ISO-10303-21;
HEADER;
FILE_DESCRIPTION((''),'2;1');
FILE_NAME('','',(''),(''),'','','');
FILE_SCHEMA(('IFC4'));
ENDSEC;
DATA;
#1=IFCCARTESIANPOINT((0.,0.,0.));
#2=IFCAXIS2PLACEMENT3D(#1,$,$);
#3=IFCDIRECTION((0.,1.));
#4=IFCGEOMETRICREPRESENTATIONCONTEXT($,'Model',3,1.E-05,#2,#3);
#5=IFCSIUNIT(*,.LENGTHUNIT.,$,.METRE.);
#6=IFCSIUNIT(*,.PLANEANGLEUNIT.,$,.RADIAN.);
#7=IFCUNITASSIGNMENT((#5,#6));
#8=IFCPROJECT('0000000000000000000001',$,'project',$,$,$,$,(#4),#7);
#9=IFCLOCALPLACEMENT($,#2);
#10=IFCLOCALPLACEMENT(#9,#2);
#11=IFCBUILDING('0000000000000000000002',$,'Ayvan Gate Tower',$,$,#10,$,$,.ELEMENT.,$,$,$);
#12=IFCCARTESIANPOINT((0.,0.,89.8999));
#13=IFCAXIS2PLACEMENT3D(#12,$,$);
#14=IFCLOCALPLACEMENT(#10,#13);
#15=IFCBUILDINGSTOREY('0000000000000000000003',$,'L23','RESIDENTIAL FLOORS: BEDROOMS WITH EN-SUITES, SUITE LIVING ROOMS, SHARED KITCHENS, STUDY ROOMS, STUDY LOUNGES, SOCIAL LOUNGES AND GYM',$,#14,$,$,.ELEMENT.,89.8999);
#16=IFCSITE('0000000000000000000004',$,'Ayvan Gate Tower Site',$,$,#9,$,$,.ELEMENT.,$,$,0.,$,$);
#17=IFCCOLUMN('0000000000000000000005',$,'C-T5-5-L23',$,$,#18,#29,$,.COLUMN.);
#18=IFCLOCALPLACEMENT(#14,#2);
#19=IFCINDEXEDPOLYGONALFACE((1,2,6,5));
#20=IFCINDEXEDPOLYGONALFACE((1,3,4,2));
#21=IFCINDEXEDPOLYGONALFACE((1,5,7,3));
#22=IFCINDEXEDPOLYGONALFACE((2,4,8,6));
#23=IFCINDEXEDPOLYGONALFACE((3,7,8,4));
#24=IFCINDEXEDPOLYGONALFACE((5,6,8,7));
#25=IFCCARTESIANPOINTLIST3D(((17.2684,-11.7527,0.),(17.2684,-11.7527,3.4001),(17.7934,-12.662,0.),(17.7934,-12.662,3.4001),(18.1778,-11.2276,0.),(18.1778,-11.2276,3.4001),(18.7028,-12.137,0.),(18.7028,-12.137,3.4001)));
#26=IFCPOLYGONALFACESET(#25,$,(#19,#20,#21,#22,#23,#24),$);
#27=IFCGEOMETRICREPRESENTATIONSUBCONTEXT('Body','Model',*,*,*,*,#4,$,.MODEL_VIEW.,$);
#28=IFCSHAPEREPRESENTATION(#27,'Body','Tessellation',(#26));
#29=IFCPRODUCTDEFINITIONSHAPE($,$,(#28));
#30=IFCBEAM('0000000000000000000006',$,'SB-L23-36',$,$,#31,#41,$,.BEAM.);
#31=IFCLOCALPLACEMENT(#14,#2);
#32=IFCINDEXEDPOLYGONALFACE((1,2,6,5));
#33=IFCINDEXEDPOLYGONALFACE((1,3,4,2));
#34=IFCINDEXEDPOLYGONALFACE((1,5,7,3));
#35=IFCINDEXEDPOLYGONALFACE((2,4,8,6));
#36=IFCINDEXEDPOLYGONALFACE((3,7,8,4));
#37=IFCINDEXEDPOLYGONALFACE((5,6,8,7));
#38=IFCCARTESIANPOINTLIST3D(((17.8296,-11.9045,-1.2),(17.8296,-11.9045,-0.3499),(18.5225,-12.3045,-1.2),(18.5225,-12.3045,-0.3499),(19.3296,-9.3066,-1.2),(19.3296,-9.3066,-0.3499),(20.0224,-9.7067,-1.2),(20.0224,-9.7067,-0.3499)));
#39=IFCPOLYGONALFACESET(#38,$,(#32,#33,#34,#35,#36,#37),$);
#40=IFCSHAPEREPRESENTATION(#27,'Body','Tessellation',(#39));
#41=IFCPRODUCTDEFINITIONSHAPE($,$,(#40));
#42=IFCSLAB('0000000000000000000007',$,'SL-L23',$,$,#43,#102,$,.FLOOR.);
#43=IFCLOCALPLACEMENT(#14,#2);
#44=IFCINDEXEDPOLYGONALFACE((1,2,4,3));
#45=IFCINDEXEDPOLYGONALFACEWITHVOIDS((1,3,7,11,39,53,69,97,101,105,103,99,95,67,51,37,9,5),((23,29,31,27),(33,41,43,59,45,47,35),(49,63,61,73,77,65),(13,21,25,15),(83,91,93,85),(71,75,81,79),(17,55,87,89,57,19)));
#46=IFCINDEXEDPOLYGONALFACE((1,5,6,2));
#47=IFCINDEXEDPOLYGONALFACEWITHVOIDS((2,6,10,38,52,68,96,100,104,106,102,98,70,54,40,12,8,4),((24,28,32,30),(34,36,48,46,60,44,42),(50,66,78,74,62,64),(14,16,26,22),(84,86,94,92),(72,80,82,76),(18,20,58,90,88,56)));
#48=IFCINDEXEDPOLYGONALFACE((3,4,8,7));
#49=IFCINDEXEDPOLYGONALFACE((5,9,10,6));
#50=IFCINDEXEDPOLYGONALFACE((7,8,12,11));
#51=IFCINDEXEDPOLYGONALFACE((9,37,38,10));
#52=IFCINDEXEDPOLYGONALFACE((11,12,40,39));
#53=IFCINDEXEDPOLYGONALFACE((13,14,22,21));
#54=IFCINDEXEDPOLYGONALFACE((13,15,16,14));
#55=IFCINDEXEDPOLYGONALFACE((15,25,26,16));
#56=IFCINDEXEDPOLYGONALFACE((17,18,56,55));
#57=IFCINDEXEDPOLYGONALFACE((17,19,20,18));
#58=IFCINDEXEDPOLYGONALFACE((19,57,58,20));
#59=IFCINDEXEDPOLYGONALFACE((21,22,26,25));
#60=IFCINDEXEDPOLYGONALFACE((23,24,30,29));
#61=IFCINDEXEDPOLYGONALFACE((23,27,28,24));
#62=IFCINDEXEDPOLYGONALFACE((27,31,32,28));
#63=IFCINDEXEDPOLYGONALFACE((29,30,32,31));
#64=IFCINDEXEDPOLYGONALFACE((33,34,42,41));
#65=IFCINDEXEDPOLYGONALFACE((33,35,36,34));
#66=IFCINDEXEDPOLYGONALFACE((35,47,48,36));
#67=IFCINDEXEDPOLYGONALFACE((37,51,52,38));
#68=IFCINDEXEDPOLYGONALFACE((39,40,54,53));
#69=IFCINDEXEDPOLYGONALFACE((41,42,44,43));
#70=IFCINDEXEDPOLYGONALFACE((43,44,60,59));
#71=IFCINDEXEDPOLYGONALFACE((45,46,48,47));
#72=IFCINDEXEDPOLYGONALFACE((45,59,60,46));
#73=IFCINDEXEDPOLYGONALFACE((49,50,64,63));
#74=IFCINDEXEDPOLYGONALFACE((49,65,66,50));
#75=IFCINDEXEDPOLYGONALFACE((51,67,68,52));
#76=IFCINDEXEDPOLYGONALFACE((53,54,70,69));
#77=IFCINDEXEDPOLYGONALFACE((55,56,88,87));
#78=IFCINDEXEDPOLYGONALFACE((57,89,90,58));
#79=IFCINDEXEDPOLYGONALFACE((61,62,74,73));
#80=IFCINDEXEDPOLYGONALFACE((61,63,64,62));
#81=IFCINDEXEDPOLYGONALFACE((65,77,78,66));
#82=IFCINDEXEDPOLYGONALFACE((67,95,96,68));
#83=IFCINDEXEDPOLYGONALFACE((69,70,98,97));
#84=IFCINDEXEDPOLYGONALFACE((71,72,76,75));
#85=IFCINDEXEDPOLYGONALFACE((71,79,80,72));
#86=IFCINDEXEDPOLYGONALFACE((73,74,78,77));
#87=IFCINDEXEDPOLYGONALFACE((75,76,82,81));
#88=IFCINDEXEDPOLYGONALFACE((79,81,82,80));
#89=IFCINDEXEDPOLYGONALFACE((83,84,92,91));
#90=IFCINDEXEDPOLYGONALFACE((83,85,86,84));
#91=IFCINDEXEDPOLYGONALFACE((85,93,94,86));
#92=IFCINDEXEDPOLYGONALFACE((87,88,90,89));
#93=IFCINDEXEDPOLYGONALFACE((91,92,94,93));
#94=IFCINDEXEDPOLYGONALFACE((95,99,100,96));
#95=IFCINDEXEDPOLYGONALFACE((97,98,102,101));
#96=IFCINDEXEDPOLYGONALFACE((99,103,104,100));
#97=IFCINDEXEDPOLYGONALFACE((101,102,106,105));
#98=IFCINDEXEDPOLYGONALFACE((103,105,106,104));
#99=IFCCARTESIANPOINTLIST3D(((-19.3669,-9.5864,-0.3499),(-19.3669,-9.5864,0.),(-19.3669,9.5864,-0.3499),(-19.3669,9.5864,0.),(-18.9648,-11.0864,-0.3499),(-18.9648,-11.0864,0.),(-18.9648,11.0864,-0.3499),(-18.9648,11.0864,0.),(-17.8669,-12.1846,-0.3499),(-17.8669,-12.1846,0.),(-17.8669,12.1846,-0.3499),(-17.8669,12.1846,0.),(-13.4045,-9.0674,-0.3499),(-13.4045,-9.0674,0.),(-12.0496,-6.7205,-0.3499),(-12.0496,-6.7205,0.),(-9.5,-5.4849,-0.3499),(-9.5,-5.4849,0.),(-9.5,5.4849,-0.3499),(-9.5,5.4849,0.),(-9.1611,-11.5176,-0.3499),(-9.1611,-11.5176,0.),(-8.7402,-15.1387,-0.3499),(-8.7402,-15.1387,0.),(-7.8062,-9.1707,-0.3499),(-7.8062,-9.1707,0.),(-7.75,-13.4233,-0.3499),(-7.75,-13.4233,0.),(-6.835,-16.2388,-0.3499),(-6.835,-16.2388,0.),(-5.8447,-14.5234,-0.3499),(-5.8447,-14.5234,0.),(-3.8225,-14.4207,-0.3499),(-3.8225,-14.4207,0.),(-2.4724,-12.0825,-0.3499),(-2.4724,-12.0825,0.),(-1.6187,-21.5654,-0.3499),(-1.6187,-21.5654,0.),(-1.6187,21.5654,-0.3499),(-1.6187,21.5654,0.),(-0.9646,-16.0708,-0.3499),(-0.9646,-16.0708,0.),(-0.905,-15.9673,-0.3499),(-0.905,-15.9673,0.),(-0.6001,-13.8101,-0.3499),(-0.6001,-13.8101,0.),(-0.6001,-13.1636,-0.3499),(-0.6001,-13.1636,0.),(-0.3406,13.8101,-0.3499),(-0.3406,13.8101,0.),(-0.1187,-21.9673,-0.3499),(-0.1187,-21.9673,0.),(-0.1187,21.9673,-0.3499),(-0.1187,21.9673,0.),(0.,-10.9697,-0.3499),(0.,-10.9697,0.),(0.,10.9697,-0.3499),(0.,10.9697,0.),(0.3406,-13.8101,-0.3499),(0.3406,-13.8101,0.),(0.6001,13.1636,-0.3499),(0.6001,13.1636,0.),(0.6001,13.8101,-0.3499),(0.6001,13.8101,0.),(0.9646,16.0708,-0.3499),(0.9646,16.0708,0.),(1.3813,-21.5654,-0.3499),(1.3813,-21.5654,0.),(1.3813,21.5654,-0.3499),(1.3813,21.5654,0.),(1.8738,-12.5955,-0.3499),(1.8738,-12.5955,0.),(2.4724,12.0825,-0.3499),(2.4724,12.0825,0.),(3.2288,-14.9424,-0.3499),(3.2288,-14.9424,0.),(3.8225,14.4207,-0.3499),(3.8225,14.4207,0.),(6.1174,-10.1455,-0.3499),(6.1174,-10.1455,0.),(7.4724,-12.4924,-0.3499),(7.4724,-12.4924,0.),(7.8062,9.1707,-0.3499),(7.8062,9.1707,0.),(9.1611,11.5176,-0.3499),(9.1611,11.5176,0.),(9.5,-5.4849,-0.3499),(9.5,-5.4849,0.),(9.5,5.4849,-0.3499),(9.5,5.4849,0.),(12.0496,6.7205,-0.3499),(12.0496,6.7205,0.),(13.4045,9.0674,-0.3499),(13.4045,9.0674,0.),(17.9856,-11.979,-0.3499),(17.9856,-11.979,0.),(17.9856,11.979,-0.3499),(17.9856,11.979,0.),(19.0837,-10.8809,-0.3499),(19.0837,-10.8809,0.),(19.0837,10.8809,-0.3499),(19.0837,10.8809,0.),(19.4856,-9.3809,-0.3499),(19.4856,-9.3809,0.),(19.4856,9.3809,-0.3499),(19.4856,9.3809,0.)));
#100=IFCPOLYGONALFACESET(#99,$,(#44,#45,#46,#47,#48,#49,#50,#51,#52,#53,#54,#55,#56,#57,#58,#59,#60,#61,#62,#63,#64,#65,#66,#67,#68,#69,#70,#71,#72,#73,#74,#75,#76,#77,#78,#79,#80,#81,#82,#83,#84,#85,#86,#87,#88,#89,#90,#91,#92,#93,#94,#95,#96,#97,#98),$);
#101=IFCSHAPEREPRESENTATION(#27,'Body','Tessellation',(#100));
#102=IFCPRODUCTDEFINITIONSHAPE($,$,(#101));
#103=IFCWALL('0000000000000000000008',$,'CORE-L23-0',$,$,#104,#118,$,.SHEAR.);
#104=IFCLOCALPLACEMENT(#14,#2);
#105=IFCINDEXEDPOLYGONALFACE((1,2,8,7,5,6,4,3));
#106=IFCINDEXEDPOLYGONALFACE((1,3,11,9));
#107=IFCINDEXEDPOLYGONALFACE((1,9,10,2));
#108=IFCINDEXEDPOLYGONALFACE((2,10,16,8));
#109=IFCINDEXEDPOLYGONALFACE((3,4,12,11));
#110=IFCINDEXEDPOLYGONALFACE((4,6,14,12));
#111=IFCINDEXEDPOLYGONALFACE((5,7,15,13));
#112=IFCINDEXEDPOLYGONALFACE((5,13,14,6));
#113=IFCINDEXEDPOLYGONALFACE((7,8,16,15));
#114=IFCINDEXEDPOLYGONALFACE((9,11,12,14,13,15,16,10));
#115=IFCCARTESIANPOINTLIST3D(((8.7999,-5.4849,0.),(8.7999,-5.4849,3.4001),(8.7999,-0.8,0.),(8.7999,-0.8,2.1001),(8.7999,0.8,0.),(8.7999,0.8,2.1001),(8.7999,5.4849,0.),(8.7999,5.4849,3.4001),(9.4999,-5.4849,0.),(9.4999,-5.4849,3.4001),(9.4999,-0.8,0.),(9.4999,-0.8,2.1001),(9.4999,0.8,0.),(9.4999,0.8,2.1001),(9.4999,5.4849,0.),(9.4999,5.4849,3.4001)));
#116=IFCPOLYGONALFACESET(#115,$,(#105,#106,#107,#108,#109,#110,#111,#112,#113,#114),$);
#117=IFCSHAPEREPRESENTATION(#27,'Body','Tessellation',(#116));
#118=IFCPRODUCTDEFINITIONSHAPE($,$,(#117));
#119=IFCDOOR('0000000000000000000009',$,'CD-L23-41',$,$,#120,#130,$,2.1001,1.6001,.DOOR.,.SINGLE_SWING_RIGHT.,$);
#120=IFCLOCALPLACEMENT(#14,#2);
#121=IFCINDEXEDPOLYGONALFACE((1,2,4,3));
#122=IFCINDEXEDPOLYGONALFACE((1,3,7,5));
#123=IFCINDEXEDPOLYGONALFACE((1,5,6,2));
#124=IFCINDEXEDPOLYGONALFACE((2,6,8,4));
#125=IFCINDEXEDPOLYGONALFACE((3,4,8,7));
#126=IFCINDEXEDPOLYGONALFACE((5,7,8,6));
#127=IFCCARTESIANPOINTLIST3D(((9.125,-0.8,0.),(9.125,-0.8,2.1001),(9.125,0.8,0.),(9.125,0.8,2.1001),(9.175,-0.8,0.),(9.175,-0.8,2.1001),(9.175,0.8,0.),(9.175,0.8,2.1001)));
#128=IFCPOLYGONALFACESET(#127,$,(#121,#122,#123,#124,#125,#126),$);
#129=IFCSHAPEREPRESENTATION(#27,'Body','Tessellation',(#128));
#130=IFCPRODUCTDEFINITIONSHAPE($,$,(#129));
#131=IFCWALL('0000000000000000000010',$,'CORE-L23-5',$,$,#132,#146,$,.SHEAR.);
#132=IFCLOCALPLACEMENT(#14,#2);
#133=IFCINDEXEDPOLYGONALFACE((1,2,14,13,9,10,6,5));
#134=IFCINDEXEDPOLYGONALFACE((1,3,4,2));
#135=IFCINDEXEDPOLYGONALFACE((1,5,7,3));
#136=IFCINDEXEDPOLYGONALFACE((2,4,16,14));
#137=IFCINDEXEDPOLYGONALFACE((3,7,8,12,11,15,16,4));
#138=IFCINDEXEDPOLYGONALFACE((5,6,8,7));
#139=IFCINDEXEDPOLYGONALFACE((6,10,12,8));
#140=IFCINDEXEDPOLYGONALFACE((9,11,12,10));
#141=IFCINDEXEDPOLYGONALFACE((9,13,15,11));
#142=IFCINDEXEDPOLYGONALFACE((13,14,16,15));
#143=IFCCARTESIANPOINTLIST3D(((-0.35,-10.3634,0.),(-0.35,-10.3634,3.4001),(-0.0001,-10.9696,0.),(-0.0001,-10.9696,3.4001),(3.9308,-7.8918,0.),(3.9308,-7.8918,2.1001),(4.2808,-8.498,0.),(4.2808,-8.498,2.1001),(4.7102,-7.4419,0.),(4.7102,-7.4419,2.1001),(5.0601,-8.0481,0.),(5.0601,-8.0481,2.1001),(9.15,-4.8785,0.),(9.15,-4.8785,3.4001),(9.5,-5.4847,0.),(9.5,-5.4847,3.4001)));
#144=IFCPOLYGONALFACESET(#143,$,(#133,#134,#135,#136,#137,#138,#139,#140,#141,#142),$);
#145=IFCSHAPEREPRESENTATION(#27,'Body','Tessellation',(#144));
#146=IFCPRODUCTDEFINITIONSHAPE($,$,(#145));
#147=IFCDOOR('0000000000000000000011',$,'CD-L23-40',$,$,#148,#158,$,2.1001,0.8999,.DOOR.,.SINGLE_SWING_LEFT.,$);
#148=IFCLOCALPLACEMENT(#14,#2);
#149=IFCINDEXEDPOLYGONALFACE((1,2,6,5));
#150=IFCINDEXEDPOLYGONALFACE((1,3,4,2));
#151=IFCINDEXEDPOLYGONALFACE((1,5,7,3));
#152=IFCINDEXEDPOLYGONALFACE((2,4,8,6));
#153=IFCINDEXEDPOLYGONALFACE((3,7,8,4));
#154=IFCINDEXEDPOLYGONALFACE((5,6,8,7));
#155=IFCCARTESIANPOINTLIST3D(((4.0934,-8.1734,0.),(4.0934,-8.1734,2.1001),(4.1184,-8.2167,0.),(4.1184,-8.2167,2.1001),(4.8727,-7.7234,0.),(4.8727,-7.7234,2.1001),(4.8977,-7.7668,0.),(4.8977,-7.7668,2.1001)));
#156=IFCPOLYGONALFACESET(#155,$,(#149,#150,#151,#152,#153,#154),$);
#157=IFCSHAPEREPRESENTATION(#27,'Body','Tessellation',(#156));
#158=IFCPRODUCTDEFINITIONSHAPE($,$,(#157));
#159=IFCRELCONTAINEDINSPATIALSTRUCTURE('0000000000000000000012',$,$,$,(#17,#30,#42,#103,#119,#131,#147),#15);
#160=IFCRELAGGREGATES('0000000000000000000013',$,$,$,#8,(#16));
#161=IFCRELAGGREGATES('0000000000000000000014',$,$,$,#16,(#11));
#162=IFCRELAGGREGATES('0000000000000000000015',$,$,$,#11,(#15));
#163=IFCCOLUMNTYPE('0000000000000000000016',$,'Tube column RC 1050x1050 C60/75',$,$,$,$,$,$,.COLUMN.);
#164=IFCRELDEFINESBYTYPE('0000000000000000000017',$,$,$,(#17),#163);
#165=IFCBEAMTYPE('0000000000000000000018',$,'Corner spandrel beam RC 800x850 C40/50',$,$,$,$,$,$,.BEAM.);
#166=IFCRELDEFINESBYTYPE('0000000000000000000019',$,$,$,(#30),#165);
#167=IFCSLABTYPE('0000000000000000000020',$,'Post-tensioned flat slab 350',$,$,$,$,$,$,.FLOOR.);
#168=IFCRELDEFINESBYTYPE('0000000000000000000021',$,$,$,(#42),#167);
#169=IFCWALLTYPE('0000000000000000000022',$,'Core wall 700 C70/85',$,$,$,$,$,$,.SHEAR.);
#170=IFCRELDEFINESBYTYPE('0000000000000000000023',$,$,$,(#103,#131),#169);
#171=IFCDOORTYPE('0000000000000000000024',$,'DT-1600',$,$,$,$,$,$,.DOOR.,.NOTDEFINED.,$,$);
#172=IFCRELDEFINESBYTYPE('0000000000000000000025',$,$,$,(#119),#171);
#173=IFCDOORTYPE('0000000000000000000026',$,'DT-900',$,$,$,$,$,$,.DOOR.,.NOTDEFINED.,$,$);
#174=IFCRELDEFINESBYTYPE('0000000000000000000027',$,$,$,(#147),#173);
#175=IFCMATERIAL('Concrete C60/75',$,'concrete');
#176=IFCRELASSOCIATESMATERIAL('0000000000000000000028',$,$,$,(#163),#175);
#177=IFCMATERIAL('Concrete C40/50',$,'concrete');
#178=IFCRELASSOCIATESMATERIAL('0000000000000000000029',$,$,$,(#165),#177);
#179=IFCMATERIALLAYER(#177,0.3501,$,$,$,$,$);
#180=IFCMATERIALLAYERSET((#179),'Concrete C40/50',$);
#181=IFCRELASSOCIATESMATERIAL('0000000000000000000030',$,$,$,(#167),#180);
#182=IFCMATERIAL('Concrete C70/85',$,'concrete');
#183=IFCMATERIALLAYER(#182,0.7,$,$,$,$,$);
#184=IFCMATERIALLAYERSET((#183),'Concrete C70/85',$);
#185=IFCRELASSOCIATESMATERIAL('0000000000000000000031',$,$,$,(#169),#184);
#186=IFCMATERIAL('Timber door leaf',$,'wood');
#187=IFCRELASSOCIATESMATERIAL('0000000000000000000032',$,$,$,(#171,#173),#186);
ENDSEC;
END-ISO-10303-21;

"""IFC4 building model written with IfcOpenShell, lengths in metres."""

from ifc_helpers import new_model, si_unit, direction, frame, frame_2d, origin, origin_2d, place, context, subcontext, project, spatial, polyline, rectangle, outline, extrude, material, layer, layer_set, material_profile, profile_set, type_object, element, fill, save


model = new_model("IFC4")

# Units and contexts
model_context = context("Model", 3, precision=1e-05, world=origin(), true_north=direction((0.0, 1.0)))
body_context = subcontext(model_context, "Body", "Model", "MODEL_VIEW")
ifc_project = project(units=[si_unit("LENGTHUNIT", "METRE"), si_unit("PLANEANGLEUNIT", "RADIAN")], contexts=[model_context])

# Site, building, storey
site_placement = place(None, origin())
site = spatial("IfcSite", under=ifc_project, at=site_placement, Name="Ayvan Gate Tower Site", CompositionType="ELEMENT", RefElevation=0.0)
building_placement = place(site_placement, origin())
building = spatial("IfcBuilding", under=site, at=building_placement, Name="Ayvan Gate Tower", CompositionType="ELEMENT")
storey_placement = place(building_placement, frame((0.0, 0.0, 89.8999)))
storey = spatial("IfcBuildingStorey", under=building, at=storey_placement, Name="L23", Description="RESIDENTIAL FLOORS: BEDROOMS WITH EN-SUITES, SUITE LIVING ROOMS, SHARED KITCHENS, STUDY ROOMS, STUDY LOUNGES, SOCIAL LOUNGES AND GYM", CompositionType="ELEMENT", Elevation=89.8999)

# Column
ifc_material_1 = material(Name="Concrete C60/75", Category="concrete")
ifc_material_profile_1 = material_profile(ifc_material_1, rectangle(XDim=1.05, YDim=1.05, at=origin_2d()), Name="RC 1050x1050")
ifc_profile_set_1 = profile_set([ifc_material_profile_1], Name="Concrete C60/75")
column_type = type_object("IfcColumnType", Name="Tube column RC 1050x1050 C60/75", PredefinedType="COLUMN", material=ifc_profile_set_1)
column_placement = place(storey_placement, frame((17.9856, -11.9448, 0.0), z_axis=(0.0, 0.0, 1.0), x_axis=(0.5, -0.866025, 0.0)))
element("IfcColumn", 1, at=column_placement, inside=storey, type_object=column_type, Name="C-T5-5-L23", PredefinedType="COLUMN", context=body_context, shape_type="SweptSolid", body=[
    extrude(rectangle(XDim=1.05, YDim=1.05, at=origin_2d()), origin(), (0.0, 0.0, 1.0), 3.4001),
])

# Beam
ifc_material_2 = material(Name="Concrete C40/50", Category="concrete")
ifc_material_profile_2 = material_profile(ifc_material_2, rectangle(XDim=0.8, YDim=0.8501, at=origin_2d()), Name="RC 800x850")
ifc_profile_set_2 = profile_set([ifc_material_profile_2], Name="Concrete C40/50")
beam_type = type_object("IfcBeamType", Name="Corner spandrel beam RC 800x850 C40/50", PredefinedType="BEAM", material=ifc_profile_set_2)
beam_placement = place(storey_placement, frame((18.176, -12.1045, -0.7749), z_axis=(0.500025, 0.866011, 0.0), x_axis=(-0.866011, 0.500025, 0.0)))
element("IfcBeam", 2, at=beam_placement, inside=storey, type_object=beam_type, Name="SB-L23-36", PredefinedType="BEAM", context=body_context, shape_type="SweptSolid", body=[
    extrude(rectangle(XDim=0.8, YDim=0.8501, at=origin_2d()), origin(), (0.0, 0.0, 1.0), 2.9998),
])

# Slab
ifc_layer_1 = layer(ifc_material_2, 0.3501)
ifc_layer_set_1 = layer_set([ifc_layer_1], Name="Concrete C40/50")
slab_type = type_object("IfcSlabType", Name="Post-tensioned flat slab 350", PredefinedType="FLOOR", material=ifc_layer_set_1)
slab_placement = place(storey_placement, frame((0.0, 0.0, -0.3499)))
element("IfcSlab", 3, at=slab_placement, inside=storey, type_object=slab_type, Name="SL-L23", PredefinedType="FLOOR", context=body_context, shape_type="SweptSolid", body=[
    extrude(outline(polyline([(-0.1187, -21.9673), (-1.6187, -21.5654), (-17.8669, -12.1846), (-18.9648, -11.0864), (-19.3669, -9.5864), (-19.3669, 9.5864), (-18.9648, 11.0864), (-17.8669, 12.1846), (-1.6187, 21.5654), (-0.1187, 21.9673), (1.3813, 21.5654), (17.9856, 11.979), (19.0837, 10.8809), (19.4856, 9.3809), (19.4856, -9.3809), (19.0837, -10.8809), (17.9856, -11.979), (1.3813, -21.5654), (-0.1187, -21.9673)]), holes=[polyline([(13.4045, 9.0674), (9.1611, 11.5176), (7.8062, 9.1707), (12.0496, 6.7205), (13.4045, 9.0674)]), polyline([(0.0, 10.9697), (-9.5, 5.4849), (-9.5, -5.4849), (0.0, -10.9697), (9.5, -5.4849), (9.5, 5.4849), (0.0, 10.9697)]), polyline([(3.2288, -14.9424), (7.4724, -12.4924), (6.1174, -10.1455), (1.8738, -12.5955), (3.2288, -14.9424)]), polyline([(2.4724, 12.0825), (3.8225, 14.4207), (0.9646, 16.0708), (-0.3406, 13.8101), (0.6001, 13.8101), (0.6001, 13.1636), (2.4724, 12.0825)]), polyline([(0.3406, -13.8101), (-0.6001, -13.8101), (-0.6001, -13.1636), (-2.4724, -12.0825), (-3.8225, -14.4207), (-0.9646, -16.0708), (-0.905, -15.9673), (0.3406, -13.8101)]), polyline([(-6.835, -16.2388), (-5.8447, -14.5234), (-7.75, -13.4233), (-8.7402, -15.1387), (-6.835, -16.2388)]), polyline([(-7.8062, -9.1707), (-12.0496, -6.7205), (-13.4045, -9.0674), (-9.1611, -11.5176), (-7.8062, -9.1707)])]), origin(), (0.0, 0.0, 1.0), 0.3499),
])

# Walls, openings, doors
ifc_material_3 = material(Name="Concrete C70/85", Category="concrete")
ifc_layer_2 = layer(ifc_material_3, 0.7)
ifc_layer_set_2 = layer_set([ifc_layer_2], Name="Concrete C70/85")
wall_type_1 = type_object("IfcWallType", Name="Core wall 700 C70/85", PredefinedType="SHEAR", material=ifc_layer_set_2)
wall_1_placement = place(storey_placement, frame((9.1499, -5.4849, 0.0), z_axis=(0.0, 0.0, 1.0), x_axis=(0.0, 1.0, 0.0)))
wall_1 = element("IfcWall", 4, at=wall_1_placement, inside=storey, type_object=wall_type_1, Name="CORE-L23-0", PredefinedType="SHEAR", context=body_context, shape_type="SweptSolid", body=[
    extrude(rectangle(XDim=10.9697, YDim=0.7, at=frame_2d((5.4849, 0.0))), origin(), (0.0, 0.0, 1.0), 3.4001),
])
opening_1_placement = place(wall_1_placement, frame((4.6848, 0.0, 0.0)))
opening_1 = element("IfcOpeningElement", 5, at=opening_1_placement, cuts=wall_1, PredefinedType="OPENING", context=body_context, shape_type="SweptSolid", body=[
    extrude(rectangle(XDim=1.6001, YDim=2.1001, at=frame_2d((0.8, 1.05))), frame((0.0, 0.3599, 0.0), z_axis=(0.0, -1.0, 0.0), x_axis=(1.0, 0.0, 0.0)), (0.0, 0.0, 1.0), 0.72),
])
ifc_material_4 = material(Name="Timber door leaf", Category="wood")
door_type_1 = type_object("IfcDoorType", Name="DT-1600", OperationType="NOTDEFINED", PredefinedType="DOOR", material=ifc_material_4)
door_1_placement = place(opening_1_placement, origin())
door_1 = element("IfcDoor", 6, at=door_1_placement, inside=storey, type_object=door_type_1, Name="CD-L23-41", OperationType="SINGLE_SWING_RIGHT", OverallHeight=2.1001, OverallWidth=1.6001, PredefinedType="DOOR", context=body_context, shape_type="SweptSolid", body=[
    extrude(rectangle(XDim=1.6001, YDim=2.1001, at=frame_2d((0.8, 1.05))), frame((0.0, 0.0249, 0.0), z_axis=(0.0, -1.0, 0.0), x_axis=(1.0, 0.0, 0.0)), (0.0, 0.0, 1.0), 0.05),
])
fill(opening_1, door_1)
wall_2_placement = place(storey_placement, frame((-0.175, -10.6665, 0.0), z_axis=(0.0, 0.0, 1.0), x_axis=(0.866024, 0.500002, 0.0)))
wall_2 = element("IfcWall", 7, at=wall_2_placement, inside=storey, type_object=wall_type_1, Name="CORE-L23-5", PredefinedType="SHEAR", context=body_context, shape_type="SweptSolid", body=[
    extrude(rectangle(XDim=10.9697, YDim=0.7, at=frame_2d((5.4849, 0.0))), origin(), (0.0, 0.0, 1.0), 3.4001),
])
opening_2_placement = place(wall_2_placement, frame((4.9431, 0.0, 0.0)))
opening_2 = element("IfcOpeningElement", 8, at=opening_2_placement, cuts=wall_2, PredefinedType="OPENING", context=body_context, shape_type="SweptSolid", body=[
    extrude(rectangle(XDim=0.8999, YDim=2.1001, at=frame_2d((0.45, 1.05))), frame((0.0, 0.3599, 0.0), z_axis=(0.0, -1.0, 0.0), x_axis=(1.0, 0.0, 0.0)), (0.0, 0.0, 1.0), 0.72),
])
door_type_2 = type_object("IfcDoorType", Name="DT-900", OperationType="NOTDEFINED", PredefinedType="DOOR", material=ifc_material_4)
door_2_placement = place(opening_2_placement, origin())
door_2 = element("IfcDoor", 9, at=door_2_placement, inside=storey, type_object=door_type_2, Name="CD-L23-40", OperationType="SINGLE_SWING_LEFT", OverallHeight=2.1001, OverallWidth=0.8999, PredefinedType="DOOR", context=body_context, shape_type="SweptSolid", body=[
    extrude(rectangle(XDim=0.8999, YDim=2.1001, at=frame_2d((0.45, 1.05))), frame((0.0, 0.0249, 0.0), z_axis=(0.0, -1.0, 0.0), x_axis=(1.0, 0.0, 0.0)), (0.0, 0.0, 1.0), 0.05),
])
fill(opening_2, door_2)

save(model, "model.ifc")
